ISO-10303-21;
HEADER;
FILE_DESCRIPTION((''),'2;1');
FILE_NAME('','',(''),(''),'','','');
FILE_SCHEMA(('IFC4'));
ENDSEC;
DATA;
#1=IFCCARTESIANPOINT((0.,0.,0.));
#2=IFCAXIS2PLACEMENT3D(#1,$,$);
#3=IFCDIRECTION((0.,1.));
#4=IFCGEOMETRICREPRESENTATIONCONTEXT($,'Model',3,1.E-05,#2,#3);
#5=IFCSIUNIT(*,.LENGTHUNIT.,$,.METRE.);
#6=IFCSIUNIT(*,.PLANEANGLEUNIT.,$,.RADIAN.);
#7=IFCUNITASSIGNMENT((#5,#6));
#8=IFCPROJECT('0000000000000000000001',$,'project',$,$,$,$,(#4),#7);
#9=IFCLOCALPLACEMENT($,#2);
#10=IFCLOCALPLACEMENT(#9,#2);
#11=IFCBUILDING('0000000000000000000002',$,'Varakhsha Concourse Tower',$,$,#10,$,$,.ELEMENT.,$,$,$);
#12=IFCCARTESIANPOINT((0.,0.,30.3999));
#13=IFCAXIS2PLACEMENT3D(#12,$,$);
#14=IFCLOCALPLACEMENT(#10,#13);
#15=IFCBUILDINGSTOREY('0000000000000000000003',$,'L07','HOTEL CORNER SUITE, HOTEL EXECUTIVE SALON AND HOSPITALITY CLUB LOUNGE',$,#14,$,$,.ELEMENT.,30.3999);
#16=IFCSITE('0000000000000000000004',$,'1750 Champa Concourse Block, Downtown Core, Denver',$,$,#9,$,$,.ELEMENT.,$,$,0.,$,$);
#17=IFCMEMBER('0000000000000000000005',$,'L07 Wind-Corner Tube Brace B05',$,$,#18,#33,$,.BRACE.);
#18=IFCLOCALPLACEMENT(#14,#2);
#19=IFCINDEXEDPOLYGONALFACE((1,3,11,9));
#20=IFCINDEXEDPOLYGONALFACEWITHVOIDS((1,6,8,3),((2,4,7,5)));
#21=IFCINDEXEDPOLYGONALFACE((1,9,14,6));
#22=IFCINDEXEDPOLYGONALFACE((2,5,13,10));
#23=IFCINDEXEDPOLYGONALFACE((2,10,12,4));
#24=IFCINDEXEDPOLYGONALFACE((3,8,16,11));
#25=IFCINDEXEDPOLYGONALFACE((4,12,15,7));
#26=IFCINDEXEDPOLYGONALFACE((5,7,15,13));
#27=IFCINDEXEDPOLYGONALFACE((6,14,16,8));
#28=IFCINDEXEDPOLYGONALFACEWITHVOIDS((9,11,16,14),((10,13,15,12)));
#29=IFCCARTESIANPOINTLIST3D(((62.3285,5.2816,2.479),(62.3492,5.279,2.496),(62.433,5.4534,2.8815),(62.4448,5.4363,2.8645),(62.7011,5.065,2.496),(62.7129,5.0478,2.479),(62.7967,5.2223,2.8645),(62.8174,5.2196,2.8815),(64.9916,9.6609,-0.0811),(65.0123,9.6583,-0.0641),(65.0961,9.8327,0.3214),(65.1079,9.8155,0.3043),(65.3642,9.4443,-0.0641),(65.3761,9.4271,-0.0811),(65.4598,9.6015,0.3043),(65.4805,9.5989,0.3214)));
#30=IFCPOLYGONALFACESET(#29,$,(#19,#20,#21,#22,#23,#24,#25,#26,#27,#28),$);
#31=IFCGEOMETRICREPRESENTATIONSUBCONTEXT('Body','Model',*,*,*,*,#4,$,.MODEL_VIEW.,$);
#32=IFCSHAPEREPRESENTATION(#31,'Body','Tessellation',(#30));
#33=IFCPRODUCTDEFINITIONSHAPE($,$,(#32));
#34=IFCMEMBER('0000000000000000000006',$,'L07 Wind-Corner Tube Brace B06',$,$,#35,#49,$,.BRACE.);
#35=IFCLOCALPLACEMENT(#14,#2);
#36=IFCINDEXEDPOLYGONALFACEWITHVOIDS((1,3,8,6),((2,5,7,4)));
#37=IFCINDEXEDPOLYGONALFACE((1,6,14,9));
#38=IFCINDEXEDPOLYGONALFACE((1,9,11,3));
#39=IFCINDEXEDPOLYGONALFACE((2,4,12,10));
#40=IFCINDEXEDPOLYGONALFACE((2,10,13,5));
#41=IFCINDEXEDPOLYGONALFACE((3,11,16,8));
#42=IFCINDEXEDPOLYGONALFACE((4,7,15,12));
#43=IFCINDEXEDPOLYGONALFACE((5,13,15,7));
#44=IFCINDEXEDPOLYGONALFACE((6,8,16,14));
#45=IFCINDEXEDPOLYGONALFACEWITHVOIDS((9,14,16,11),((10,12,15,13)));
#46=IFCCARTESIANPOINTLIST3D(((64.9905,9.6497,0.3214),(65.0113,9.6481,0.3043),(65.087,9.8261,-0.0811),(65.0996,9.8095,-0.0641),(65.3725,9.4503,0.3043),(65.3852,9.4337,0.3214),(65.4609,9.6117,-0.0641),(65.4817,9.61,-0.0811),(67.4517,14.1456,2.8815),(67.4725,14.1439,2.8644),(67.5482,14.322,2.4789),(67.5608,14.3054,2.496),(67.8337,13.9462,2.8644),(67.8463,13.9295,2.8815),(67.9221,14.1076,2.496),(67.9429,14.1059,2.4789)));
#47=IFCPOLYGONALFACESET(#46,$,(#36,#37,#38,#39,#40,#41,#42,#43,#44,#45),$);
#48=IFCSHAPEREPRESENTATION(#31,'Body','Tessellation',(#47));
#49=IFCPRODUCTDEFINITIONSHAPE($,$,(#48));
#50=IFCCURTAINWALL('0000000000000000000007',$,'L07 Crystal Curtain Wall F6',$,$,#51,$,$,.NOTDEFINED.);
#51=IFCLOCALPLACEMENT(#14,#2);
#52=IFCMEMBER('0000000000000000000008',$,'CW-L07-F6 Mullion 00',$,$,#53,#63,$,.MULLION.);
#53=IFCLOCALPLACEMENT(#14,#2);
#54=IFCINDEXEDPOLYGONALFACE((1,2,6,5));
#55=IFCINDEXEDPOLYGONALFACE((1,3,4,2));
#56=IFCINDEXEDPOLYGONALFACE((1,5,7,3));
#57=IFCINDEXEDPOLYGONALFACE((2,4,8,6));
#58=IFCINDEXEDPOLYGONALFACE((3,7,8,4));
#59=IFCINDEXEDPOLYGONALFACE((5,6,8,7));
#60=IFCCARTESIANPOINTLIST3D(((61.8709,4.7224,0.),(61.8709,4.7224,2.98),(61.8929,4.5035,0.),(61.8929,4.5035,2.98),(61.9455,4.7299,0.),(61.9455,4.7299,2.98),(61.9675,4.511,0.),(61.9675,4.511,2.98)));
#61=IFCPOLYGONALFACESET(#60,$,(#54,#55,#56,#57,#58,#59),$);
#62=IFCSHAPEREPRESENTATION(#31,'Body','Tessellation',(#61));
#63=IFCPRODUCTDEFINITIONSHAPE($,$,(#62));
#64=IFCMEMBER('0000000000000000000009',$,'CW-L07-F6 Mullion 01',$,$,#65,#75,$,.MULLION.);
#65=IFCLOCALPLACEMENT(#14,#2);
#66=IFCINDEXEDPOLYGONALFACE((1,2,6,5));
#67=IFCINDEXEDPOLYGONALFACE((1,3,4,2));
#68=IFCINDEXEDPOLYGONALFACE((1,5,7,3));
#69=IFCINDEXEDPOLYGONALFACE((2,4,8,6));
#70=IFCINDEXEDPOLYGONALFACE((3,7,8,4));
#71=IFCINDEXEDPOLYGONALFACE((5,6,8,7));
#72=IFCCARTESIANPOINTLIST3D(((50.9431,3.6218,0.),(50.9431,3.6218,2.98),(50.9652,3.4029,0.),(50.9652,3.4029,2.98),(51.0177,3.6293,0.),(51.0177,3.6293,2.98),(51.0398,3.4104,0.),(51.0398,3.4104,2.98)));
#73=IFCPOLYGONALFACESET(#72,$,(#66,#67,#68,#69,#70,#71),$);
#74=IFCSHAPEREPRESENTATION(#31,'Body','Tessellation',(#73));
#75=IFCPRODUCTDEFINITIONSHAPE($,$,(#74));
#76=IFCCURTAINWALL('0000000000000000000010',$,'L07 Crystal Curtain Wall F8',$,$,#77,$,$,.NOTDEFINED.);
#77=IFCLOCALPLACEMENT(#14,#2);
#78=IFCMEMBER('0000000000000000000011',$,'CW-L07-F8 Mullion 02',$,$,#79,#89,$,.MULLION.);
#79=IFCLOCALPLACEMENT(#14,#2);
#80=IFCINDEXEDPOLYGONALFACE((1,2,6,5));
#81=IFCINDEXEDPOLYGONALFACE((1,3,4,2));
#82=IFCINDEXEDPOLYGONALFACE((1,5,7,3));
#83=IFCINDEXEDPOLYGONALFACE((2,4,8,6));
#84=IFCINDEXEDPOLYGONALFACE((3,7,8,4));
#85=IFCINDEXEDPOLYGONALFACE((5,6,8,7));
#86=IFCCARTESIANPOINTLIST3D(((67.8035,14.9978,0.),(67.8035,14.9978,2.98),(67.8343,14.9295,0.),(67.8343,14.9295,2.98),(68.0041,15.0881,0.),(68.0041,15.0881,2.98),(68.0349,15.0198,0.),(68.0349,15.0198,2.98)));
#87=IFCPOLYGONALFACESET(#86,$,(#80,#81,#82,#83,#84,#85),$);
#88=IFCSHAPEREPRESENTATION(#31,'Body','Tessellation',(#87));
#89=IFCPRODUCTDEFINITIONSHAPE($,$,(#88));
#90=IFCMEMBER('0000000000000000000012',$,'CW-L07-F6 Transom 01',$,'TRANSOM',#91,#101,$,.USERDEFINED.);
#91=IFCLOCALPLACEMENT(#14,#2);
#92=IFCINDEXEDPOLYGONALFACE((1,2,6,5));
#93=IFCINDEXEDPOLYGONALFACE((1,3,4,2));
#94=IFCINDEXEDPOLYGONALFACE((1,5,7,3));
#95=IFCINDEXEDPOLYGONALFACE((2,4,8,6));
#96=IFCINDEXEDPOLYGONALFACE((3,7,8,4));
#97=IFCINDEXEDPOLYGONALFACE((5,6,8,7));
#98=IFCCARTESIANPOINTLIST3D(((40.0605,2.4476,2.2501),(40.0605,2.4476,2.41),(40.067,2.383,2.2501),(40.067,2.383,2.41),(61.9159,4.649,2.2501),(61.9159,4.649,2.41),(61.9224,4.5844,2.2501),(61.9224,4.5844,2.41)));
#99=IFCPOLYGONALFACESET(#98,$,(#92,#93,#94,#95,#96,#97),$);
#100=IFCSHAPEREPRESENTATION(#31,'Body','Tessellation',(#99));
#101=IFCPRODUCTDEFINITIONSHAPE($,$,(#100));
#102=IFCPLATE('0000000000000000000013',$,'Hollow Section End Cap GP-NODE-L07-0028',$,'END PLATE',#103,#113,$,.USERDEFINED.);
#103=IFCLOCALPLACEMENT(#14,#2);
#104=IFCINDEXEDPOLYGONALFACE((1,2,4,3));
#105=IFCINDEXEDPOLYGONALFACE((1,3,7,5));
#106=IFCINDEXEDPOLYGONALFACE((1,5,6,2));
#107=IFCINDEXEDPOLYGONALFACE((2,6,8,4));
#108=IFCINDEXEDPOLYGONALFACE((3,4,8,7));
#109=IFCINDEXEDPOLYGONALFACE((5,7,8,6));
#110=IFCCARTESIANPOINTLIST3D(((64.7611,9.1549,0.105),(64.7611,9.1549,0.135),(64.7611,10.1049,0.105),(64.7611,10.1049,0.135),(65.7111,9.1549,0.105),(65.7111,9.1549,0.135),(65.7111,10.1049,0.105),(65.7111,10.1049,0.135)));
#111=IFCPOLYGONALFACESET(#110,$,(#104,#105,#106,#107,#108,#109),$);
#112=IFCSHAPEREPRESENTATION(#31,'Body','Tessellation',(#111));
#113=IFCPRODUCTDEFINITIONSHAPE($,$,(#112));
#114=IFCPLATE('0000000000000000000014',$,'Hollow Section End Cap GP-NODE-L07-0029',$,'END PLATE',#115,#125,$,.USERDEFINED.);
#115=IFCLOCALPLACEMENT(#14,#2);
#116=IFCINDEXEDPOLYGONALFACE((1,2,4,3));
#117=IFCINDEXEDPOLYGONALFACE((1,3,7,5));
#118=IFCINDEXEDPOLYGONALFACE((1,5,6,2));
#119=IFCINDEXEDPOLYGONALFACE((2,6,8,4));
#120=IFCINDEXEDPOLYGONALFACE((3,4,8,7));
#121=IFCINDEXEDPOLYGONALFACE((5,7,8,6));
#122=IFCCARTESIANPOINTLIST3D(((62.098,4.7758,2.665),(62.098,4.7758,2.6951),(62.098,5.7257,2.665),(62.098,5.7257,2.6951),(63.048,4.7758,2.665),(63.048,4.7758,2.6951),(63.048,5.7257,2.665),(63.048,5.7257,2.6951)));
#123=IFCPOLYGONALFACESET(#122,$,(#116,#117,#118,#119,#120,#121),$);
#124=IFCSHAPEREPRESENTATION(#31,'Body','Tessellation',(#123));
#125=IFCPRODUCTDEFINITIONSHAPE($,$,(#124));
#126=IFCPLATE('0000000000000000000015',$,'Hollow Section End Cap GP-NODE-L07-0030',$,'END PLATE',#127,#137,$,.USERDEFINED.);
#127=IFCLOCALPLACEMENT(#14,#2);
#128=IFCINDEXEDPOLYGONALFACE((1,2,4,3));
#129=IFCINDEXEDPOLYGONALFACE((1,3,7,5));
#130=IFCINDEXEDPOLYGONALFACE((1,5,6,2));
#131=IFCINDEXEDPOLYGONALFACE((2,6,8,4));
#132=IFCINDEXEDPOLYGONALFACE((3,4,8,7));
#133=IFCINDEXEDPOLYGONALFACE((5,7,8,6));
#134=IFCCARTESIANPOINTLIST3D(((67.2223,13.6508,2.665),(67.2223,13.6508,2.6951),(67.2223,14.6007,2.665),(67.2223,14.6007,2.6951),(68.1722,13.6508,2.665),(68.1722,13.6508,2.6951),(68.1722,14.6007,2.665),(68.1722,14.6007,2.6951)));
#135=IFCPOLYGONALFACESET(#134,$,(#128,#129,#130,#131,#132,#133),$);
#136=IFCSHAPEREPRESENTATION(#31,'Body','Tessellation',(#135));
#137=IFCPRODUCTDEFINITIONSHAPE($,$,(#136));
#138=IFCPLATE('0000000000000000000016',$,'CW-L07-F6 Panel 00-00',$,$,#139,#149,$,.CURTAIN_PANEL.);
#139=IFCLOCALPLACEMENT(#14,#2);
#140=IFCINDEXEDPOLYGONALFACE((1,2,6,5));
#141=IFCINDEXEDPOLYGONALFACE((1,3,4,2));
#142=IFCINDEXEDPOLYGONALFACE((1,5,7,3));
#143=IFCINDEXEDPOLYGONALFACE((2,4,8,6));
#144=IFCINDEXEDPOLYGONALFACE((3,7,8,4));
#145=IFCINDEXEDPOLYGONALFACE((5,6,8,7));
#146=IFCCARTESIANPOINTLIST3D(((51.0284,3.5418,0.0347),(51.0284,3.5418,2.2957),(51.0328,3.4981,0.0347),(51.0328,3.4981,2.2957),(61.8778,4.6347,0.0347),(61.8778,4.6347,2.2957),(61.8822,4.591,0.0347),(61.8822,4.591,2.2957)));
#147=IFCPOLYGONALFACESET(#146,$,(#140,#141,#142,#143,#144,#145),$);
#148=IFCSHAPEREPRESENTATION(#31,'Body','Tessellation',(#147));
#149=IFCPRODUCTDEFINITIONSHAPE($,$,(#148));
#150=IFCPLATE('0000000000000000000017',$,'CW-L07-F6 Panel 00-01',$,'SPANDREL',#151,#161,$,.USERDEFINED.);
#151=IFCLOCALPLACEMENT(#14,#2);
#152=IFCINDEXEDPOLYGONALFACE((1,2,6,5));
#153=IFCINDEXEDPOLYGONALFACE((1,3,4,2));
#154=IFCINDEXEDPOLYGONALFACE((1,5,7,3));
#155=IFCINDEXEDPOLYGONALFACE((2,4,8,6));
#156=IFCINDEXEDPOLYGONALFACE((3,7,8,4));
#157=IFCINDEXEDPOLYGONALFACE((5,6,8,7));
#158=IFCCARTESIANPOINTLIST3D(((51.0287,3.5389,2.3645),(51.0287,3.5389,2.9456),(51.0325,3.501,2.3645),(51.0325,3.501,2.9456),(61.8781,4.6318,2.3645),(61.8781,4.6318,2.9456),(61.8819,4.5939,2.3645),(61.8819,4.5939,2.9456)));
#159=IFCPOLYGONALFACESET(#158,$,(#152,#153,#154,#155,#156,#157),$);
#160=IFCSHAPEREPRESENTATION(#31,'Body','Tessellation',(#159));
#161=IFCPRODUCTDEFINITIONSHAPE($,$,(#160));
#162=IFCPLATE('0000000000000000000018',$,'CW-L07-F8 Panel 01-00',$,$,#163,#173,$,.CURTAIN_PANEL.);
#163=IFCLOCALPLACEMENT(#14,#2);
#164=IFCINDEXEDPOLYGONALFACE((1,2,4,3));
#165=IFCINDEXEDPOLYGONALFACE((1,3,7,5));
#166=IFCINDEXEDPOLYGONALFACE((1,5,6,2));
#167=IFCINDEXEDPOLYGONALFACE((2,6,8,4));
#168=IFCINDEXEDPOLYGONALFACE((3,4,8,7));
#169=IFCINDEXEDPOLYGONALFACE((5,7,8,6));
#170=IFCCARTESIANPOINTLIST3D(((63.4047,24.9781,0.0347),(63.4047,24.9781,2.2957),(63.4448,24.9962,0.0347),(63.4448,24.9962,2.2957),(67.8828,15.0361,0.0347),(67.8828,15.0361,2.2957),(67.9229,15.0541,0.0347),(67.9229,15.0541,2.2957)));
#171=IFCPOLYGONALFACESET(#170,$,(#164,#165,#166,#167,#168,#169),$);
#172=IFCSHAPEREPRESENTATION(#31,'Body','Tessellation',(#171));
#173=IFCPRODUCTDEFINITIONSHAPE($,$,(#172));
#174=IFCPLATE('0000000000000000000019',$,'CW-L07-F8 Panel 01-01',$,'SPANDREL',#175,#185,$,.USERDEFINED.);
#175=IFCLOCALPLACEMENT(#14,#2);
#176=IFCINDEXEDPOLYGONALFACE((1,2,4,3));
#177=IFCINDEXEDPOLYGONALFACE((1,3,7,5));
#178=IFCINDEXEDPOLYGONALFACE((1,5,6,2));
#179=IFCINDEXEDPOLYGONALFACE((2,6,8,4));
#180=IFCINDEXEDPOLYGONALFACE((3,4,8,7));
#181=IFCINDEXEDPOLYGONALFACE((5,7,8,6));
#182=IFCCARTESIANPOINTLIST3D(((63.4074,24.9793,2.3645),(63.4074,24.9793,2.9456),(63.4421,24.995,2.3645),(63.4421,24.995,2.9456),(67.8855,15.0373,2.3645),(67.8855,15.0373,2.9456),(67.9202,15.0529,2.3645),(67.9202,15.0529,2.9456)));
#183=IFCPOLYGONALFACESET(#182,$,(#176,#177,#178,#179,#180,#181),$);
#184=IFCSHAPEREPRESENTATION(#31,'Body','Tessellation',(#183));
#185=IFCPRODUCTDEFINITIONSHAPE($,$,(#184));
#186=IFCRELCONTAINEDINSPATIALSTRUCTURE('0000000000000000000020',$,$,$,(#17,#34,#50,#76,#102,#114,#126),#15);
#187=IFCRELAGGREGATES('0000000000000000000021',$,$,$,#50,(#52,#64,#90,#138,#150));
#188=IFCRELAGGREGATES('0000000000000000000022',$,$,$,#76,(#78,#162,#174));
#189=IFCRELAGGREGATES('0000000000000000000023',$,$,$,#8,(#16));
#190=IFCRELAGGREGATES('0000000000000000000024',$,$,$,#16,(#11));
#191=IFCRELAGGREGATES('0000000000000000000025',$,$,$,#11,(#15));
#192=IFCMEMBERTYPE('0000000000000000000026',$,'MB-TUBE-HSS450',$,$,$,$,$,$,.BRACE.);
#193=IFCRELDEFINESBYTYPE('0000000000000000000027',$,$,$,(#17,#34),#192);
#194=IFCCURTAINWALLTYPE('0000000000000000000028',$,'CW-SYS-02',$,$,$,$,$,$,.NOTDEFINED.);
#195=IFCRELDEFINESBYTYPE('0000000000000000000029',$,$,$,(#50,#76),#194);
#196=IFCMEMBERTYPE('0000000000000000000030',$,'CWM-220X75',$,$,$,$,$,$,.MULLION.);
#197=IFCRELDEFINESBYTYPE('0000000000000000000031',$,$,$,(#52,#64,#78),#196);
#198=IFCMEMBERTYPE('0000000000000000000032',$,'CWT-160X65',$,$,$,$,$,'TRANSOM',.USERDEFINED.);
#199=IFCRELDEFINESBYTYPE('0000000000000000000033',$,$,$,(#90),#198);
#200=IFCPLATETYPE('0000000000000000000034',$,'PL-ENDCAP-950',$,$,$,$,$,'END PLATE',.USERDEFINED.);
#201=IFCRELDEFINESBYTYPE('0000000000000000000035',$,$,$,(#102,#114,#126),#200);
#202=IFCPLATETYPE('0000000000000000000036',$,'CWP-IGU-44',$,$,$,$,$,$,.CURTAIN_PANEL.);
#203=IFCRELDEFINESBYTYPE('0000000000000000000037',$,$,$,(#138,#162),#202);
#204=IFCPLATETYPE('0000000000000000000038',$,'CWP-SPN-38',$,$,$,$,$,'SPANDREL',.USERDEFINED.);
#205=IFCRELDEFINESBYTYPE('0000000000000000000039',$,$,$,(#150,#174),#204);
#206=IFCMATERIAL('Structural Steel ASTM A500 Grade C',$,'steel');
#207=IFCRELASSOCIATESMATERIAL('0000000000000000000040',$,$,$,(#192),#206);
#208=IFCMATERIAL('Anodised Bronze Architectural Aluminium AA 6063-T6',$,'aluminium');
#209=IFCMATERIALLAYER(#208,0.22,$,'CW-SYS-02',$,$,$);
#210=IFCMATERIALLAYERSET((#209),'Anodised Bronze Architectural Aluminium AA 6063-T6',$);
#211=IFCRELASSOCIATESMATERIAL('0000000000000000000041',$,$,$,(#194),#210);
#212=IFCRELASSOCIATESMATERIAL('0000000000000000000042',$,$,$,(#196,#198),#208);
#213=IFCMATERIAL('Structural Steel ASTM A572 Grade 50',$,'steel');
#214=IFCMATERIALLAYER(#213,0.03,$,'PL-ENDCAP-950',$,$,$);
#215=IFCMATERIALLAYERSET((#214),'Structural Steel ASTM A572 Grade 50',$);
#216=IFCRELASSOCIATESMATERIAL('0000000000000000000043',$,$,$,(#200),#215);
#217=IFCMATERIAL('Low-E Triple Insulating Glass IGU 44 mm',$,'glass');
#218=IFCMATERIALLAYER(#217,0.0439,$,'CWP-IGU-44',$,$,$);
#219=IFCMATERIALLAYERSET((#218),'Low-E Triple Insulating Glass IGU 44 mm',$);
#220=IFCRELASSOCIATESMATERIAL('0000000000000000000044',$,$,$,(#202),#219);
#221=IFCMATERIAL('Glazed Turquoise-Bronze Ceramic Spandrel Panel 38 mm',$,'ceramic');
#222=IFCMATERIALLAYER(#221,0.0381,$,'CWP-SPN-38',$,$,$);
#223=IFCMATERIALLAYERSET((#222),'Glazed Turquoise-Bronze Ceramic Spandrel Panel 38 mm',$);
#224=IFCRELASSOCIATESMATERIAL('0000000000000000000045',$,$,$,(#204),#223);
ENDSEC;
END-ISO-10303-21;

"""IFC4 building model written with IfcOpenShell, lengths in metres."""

from ifc_helpers import new_model, si_unit, direction, frame, origin, origin_2d, place, context, subcontext, project, spatial, rectangle, hollow_rectangle, extrude, source, transform, mapped, material, layer, layer_set, material_profile, profile_set, type_object, type_shapes, element, aggregate, save


model = new_model("IFC4")

# Units and contexts
model_context = context("Model", 3, precision=1e-05, world=origin(), true_north=direction((0.0, 1.0)))
body_context = subcontext(model_context, "Body", "Model", "MODEL_VIEW")
ifc_project = project(units=[si_unit("LENGTHUNIT", "METRE"), si_unit("PLANEANGLEUNIT", "RADIAN")], contexts=[model_context])

# Site, building, storey
site_placement = place(None, origin())
site = spatial("IfcSite", under=ifc_project, at=site_placement, Name="1750 Champa Concourse Block, Downtown Core, Denver", CompositionType="ELEMENT", RefElevation=0.0)
building_placement = place(site_placement, origin())
building = spatial("IfcBuilding", under=site, at=building_placement, Name="Varakhsha Concourse Tower", CompositionType="ELEMENT")
storey_placement = place(building_placement, frame((0.0, 0.0, 30.3999)))
storey = spatial("IfcBuildingStorey", under=building, at=storey_placement, Name="L07", Description="HOTEL CORNER SUITE, HOTEL EXECUTIVE SALON AND HOSPITALITY CLUB LOUNGE", CompositionType="ELEMENT", Elevation=30.3999)

# Shared definitions
ifc_material_1 = material(Name="Structural Steel ASTM A572 Grade 50", Category="steel")

# Members
ifc_material_2 = material(Name="Structural Steel ASTM A500 Grade C", Category="steel")
ifc_material_profile_1 = material_profile(ifc_material_2, hollow_rectangle(XDim=0.45, YDim=0.45, WallThickness=0.019, at=origin_2d()), Name="HSS 450x450x19")
ifc_profile_set_1 = profile_set([ifc_material_profile_1], Name="Structural Steel ASTM A500 Grade C")
member_type_1 = type_object("IfcMemberType", Name="MB-TUBE-HSS450", PredefinedType="BRACE", material=ifc_profile_set_1)
shared_shape_1 = source(origin(), body_context, "Body", "SweptSolid", [
    extrude(hollow_rectangle(XDim=0.45, YDim=0.45, WallThickness=0.019, at=origin_2d()), origin(), (0.0, 0.0, 1.0), 5.7292),
])
type_shapes(member_type_1, [shared_shape_1])
for number, where, z_axis, x_axis, name in (
    (1, (65.2361, 9.6299, 0.1201), (-0.464833, -0.764366, 0.44685), (0.854414, -0.519593, 0.0), "L07 Wind-Corner Tube Brace B05"),
    (2, (65.2361, 9.6299, 0.1201), (0.429584, 0.784723, 0.446842), (-0.877165, 0.48019, 0.0), "L07 Wind-Corner Tube Brace B06"),
):
    element("IfcMember", number, at=place(storey_placement, frame(where, z_axis=z_axis, x_axis=x_axis)), inside=storey, type_object=member_type_1, Name=name, PredefinedType="BRACE", context=body_context, shape_type="MappedRepresentation", body=[
        mapped(shared_shape_1, transform((0.0, 0.0, 0.0), scale=1.0)),
    ])

# Curtain wall, members
ifc_material_3 = material(Name="Anodised Bronze Architectural Aluminium AA 6063-T6", Category="aluminium")
ifc_layer_1 = layer(ifc_material_3, 0.22, Name="CW-SYS-02")
ifc_layer_set_1 = layer_set([ifc_layer_1], Name="Anodised Bronze Architectural Aluminium AA 6063-T6")
curtain_wall_type = type_object("IfcCurtainWallType", Name="CW-SYS-02", PredefinedType="NOTDEFINED", material=ifc_layer_set_1)
curtain_wall_1_placement = place(storey_placement, origin())
curtain_wall_1 = element("IfcCurtainWall", 3, at=curtain_wall_1_placement, inside=storey, type_object=curtain_wall_type, Name="L07 Crystal Curtain Wall F6", PredefinedType="NOTDEFINED")
ifc_material_profile_2 = material_profile(ifc_material_3, rectangle(XDim=0.075, YDim=0.22, at=origin_2d()), Name="CWM-220X75")
ifc_profile_set_2 = profile_set([ifc_material_profile_2], Name="Anodised Bronze Architectural Aluminium AA 6063-T6")
member_type_2 = type_object("IfcMemberType", Name="CWM-220X75", PredefinedType="MULLION", material=ifc_profile_set_2)
shared_shape_2 = source(origin(), body_context, "Body", "SweptSolid", [
    extrude(rectangle(XDim=0.075, YDim=0.22, at=origin_2d()), origin(), (0.0, 0.0, 1.0), 2.98),
])
type_shapes(member_type_2, [shared_shape_2])
member_1_placement = place(storey_placement, frame((61.9192, 4.6167, 0.0), z_axis=(0.0, 0.0, 1.0), x_axis=(-0.994965, -0.100226, 0.0)))
member_1 = element("IfcMember", 4, at=member_1_placement, type_object=member_type_2, Name="CW-L07-F6 Mullion 00", PredefinedType="MULLION", context=body_context, shape_type="MappedRepresentation", body=[
    mapped(shared_shape_2, transform((0.0, 0.0, 0.0), scale=1.0)),
])
member_2_placement = place(storey_placement, frame((50.9915, 3.5161, 0.0), z_axis=(0.0, 0.0, 1.0), x_axis=(-0.994965, -0.100226, 0.0)))
member_2 = element("IfcMember", 5, at=member_2_placement, type_object=member_type_2, Name="CW-L07-F6 Mullion 01", PredefinedType="MULLION", context=body_context, shape_type="MappedRepresentation", body=[
    mapped(shared_shape_2, transform((0.0, 0.0, 0.0), scale=1.0)),
])

# Curtain wall, member
curtain_wall_2_placement = place(storey_placement, origin())
curtain_wall_2 = element("IfcCurtainWall", 6, at=curtain_wall_2_placement, inside=storey, type_object=curtain_wall_type, Name="L07 Crystal Curtain Wall F8", PredefinedType="NOTDEFINED")
member_3_placement = place(storey_placement, frame((67.9192, 15.0088, 0.0), z_axis=(0.0, 0.0, 1.0), x_axis=(0.410684, -0.911778, 0.0)))
member_3 = element("IfcMember", 7, at=member_3_placement, type_object=member_type_2, Name="CW-L07-F8 Mullion 02", PredefinedType="MULLION", context=body_context, shape_type="MappedRepresentation", body=[
    mapped(shared_shape_2, transform((0.0, 0.0, 0.0), scale=1.0)),
])

# Member
ifc_material_profile_3 = material_profile(ifc_material_3, rectangle(XDim=0.0649, YDim=0.1599, at=origin_2d()), Name="CWT-160X65")
ifc_profile_set_3 = profile_set([ifc_material_profile_3], Name="Anodised Bronze Architectural Aluminium AA 6063-T6")
member_type_3 = type_object("IfcMemberType", Name="CWT-160X65", ElementType="TRANSOM", PredefinedType="USERDEFINED", material=ifc_profile_set_3)
shared_shape_3 = source(origin(), body_context, "Body", "SweptSolid", [
    extrude(rectangle(XDim=0.0649, YDim=0.1599, at=origin_2d()), origin(), (0.0, 0.0, 1.0), 21.9661),
])
type_shapes(member_type_3, [shared_shape_3])
member_4_placement = place(storey_placement, frame((61.9192, 4.6167, 2.3301), z_axis=(-0.994965, -0.100219, 0.0), x_axis=(0.100219, -0.994965, 0.0)))
member_4 = element("IfcMember", 8, at=member_4_placement, type_object=member_type_3, Name="CW-L07-F6 Transom 01", ObjectType="TRANSOM", PredefinedType="USERDEFINED", context=body_context, shape_type="MappedRepresentation", body=[
    mapped(shared_shape_3, transform((0.0, 0.0, 0.0), scale=1.0)),
])

# Plates
ifc_layer_2 = layer(ifc_material_1, 0.03, Name="PL-ENDCAP-950")
ifc_layer_set_2 = layer_set([ifc_layer_2], Name="Structural Steel ASTM A572 Grade 50")
plate_type_1 = type_object("IfcPlateType", Name="PL-ENDCAP-950", ElementType="END PLATE", PredefinedType="USERDEFINED", material=ifc_layer_set_2)
shared_shape_4 = source(origin(), body_context, "Body", "SweptSolid", [
    extrude(rectangle(XDim=0.95, YDim=0.95, at=origin_2d()), origin(), (0.0, 0.0, 1.0), 0.03),
])
type_shapes(plate_type_1, [shared_shape_4])
for number, where, z_axis, x_axis, name in (
    (9, (65.2361, 9.6299, 0.105), (0.0, 0.0, 1.0), (1.0, 0.0, 0.0), "Hollow Section End Cap GP-NODE-L07-0028"),
    (10, (62.573, 5.2507, 2.665), (0.0, 0.0, 1.0), (1.0, 0.0, 0.0), "Hollow Section End Cap GP-NODE-L07-0029"),
    (11, (67.6973, 14.1257, 2.665), (0.0, 0.0, 1.0), (1.0, 0.0, 0.0), "Hollow Section End Cap GP-NODE-L07-0030"),
):
    element("IfcPlate", number, at=place(storey_placement, frame(where, z_axis=z_axis, x_axis=x_axis)), inside=storey, type_object=plate_type_1, Name=name, ObjectType="END PLATE", PredefinedType="USERDEFINED", context=body_context, shape_type="MappedRepresentation", body=[
        mapped(shared_shape_4, transform((0.0, 0.0, 0.0), scale=1.0)),
    ])

# Plates
ifc_material_4 = material(Name="Low-E Triple Insulating Glass IGU 44 mm", Category="glass")
ifc_layer_3 = layer(ifc_material_4, 0.0439, Name="CWP-IGU-44")
ifc_layer_set_3 = layer_set([ifc_layer_3], Name="Low-E Triple Insulating Glass IGU 44 mm")
plate_type_2 = type_object("IfcPlateType", Name="CWP-IGU-44", PredefinedType="CURTAIN_PANEL", material=ifc_layer_set_3)
shared_shape_5 = source(origin(), body_context, "Body", "SweptSolid", [
    extrude(rectangle(XDim=10.9043, YDim=0.0439, at=origin_2d()), origin(), (0.0, 0.0, 1.0), 2.261),
])
plate_1_placement = place(storey_placement, frame((56.4553, 4.0664, 0.0347), z_axis=(0.0, 0.0, 1.0), x_axis=(-0.994965, -0.100226, 0.0)))
plate_1 = element("IfcPlate", 12, at=plate_1_placement, type_object=plate_type_2, Name="CW-L07-F6 Panel 00-00", PredefinedType="CURTAIN_PANEL", context=body_context, shape_type="MappedRepresentation", body=[
    mapped(shared_shape_5, transform((0.0, 0.0, 0.0), scale=1.0)),
])
ifc_material_5 = material(Name="Glazed Turquoise-Bronze Ceramic Spandrel Panel 38 mm", Category="ceramic")
ifc_layer_4 = layer(ifc_material_5, 0.0381, Name="CWP-SPN-38")
ifc_layer_set_4 = layer_set([ifc_layer_4], Name="Glazed Turquoise-Bronze Ceramic Spandrel Panel 38 mm")
plate_type_3 = type_object("IfcPlateType", Name="CWP-SPN-38", ElementType="SPANDREL", PredefinedType="USERDEFINED", material=ifc_layer_set_4)
shared_shape_6 = source(origin(), body_context, "Body", "SweptSolid", [
    extrude(rectangle(XDim=10.9043, YDim=0.0381, at=origin_2d()), origin(), (0.0, 0.0, 1.0), 0.5811),
])
plate_2_placement = place(storey_placement, frame((56.4553, 4.0664, 2.3645), z_axis=(0.0, 0.0, 1.0), x_axis=(-0.994965, -0.100226, 0.0)))
plate_2 = element("IfcPlate", 13, at=plate_2_placement, type_object=plate_type_3, Name="CW-L07-F6 Panel 00-01", ObjectType="SPANDREL", PredefinedType="USERDEFINED", context=body_context, shape_type="MappedRepresentation", body=[
    mapped(shared_shape_6, transform((0.0, 0.0, 0.0), scale=1.0)),
])
aggregate(curtain_wall_1, [member_1, member_2, member_4, plate_1, plate_2])
shared_shape_7 = source(origin(), body_context, "Body", "SweptSolid", [
    extrude(rectangle(XDim=10.9041, YDim=0.0439, at=origin_2d()), origin(), (0.0, 0.0, 1.0), 2.261),
])
type_shapes(plate_type_2, [shared_shape_5, shared_shape_7])
plate_3_placement = place(storey_placement, frame((65.6638, 20.0161, 0.0347), z_axis=(0.0, 0.0, 1.0), x_axis=(0.410684, -0.911778, 0.0)))
plate_3 = element("IfcPlate", 14, at=plate_3_placement, type_object=plate_type_2, Name="CW-L07-F8 Panel 01-00", PredefinedType="CURTAIN_PANEL", context=body_context, shape_type="MappedRepresentation", body=[
    mapped(shared_shape_7, transform((0.0, 0.0, 0.0), scale=1.0)),
])
shared_shape_8 = source(origin(), body_context, "Body", "SweptSolid", [
    extrude(rectangle(XDim=10.9041, YDim=0.0381, at=origin_2d()), origin(), (0.0, 0.0, 1.0), 0.5811),
])
type_shapes(plate_type_3, [shared_shape_6, shared_shape_8])
plate_4_placement = place(storey_placement, frame((65.6638, 20.0161, 2.3645), z_axis=(0.0, 0.0, 1.0), x_axis=(0.410684, -0.911778, 0.0)))
plate_4 = element("IfcPlate", 15, at=plate_4_placement, type_object=plate_type_3, Name="CW-L07-F8 Panel 01-01", ObjectType="SPANDREL", PredefinedType="USERDEFINED", context=body_context, shape_type="MappedRepresentation", body=[
    mapped(shared_shape_8, transform((0.0, 0.0, 0.0), scale=1.0)),
])
aggregate(curtain_wall_2, [member_3, plate_3, plate_4])

save(model, "model.ifc")
